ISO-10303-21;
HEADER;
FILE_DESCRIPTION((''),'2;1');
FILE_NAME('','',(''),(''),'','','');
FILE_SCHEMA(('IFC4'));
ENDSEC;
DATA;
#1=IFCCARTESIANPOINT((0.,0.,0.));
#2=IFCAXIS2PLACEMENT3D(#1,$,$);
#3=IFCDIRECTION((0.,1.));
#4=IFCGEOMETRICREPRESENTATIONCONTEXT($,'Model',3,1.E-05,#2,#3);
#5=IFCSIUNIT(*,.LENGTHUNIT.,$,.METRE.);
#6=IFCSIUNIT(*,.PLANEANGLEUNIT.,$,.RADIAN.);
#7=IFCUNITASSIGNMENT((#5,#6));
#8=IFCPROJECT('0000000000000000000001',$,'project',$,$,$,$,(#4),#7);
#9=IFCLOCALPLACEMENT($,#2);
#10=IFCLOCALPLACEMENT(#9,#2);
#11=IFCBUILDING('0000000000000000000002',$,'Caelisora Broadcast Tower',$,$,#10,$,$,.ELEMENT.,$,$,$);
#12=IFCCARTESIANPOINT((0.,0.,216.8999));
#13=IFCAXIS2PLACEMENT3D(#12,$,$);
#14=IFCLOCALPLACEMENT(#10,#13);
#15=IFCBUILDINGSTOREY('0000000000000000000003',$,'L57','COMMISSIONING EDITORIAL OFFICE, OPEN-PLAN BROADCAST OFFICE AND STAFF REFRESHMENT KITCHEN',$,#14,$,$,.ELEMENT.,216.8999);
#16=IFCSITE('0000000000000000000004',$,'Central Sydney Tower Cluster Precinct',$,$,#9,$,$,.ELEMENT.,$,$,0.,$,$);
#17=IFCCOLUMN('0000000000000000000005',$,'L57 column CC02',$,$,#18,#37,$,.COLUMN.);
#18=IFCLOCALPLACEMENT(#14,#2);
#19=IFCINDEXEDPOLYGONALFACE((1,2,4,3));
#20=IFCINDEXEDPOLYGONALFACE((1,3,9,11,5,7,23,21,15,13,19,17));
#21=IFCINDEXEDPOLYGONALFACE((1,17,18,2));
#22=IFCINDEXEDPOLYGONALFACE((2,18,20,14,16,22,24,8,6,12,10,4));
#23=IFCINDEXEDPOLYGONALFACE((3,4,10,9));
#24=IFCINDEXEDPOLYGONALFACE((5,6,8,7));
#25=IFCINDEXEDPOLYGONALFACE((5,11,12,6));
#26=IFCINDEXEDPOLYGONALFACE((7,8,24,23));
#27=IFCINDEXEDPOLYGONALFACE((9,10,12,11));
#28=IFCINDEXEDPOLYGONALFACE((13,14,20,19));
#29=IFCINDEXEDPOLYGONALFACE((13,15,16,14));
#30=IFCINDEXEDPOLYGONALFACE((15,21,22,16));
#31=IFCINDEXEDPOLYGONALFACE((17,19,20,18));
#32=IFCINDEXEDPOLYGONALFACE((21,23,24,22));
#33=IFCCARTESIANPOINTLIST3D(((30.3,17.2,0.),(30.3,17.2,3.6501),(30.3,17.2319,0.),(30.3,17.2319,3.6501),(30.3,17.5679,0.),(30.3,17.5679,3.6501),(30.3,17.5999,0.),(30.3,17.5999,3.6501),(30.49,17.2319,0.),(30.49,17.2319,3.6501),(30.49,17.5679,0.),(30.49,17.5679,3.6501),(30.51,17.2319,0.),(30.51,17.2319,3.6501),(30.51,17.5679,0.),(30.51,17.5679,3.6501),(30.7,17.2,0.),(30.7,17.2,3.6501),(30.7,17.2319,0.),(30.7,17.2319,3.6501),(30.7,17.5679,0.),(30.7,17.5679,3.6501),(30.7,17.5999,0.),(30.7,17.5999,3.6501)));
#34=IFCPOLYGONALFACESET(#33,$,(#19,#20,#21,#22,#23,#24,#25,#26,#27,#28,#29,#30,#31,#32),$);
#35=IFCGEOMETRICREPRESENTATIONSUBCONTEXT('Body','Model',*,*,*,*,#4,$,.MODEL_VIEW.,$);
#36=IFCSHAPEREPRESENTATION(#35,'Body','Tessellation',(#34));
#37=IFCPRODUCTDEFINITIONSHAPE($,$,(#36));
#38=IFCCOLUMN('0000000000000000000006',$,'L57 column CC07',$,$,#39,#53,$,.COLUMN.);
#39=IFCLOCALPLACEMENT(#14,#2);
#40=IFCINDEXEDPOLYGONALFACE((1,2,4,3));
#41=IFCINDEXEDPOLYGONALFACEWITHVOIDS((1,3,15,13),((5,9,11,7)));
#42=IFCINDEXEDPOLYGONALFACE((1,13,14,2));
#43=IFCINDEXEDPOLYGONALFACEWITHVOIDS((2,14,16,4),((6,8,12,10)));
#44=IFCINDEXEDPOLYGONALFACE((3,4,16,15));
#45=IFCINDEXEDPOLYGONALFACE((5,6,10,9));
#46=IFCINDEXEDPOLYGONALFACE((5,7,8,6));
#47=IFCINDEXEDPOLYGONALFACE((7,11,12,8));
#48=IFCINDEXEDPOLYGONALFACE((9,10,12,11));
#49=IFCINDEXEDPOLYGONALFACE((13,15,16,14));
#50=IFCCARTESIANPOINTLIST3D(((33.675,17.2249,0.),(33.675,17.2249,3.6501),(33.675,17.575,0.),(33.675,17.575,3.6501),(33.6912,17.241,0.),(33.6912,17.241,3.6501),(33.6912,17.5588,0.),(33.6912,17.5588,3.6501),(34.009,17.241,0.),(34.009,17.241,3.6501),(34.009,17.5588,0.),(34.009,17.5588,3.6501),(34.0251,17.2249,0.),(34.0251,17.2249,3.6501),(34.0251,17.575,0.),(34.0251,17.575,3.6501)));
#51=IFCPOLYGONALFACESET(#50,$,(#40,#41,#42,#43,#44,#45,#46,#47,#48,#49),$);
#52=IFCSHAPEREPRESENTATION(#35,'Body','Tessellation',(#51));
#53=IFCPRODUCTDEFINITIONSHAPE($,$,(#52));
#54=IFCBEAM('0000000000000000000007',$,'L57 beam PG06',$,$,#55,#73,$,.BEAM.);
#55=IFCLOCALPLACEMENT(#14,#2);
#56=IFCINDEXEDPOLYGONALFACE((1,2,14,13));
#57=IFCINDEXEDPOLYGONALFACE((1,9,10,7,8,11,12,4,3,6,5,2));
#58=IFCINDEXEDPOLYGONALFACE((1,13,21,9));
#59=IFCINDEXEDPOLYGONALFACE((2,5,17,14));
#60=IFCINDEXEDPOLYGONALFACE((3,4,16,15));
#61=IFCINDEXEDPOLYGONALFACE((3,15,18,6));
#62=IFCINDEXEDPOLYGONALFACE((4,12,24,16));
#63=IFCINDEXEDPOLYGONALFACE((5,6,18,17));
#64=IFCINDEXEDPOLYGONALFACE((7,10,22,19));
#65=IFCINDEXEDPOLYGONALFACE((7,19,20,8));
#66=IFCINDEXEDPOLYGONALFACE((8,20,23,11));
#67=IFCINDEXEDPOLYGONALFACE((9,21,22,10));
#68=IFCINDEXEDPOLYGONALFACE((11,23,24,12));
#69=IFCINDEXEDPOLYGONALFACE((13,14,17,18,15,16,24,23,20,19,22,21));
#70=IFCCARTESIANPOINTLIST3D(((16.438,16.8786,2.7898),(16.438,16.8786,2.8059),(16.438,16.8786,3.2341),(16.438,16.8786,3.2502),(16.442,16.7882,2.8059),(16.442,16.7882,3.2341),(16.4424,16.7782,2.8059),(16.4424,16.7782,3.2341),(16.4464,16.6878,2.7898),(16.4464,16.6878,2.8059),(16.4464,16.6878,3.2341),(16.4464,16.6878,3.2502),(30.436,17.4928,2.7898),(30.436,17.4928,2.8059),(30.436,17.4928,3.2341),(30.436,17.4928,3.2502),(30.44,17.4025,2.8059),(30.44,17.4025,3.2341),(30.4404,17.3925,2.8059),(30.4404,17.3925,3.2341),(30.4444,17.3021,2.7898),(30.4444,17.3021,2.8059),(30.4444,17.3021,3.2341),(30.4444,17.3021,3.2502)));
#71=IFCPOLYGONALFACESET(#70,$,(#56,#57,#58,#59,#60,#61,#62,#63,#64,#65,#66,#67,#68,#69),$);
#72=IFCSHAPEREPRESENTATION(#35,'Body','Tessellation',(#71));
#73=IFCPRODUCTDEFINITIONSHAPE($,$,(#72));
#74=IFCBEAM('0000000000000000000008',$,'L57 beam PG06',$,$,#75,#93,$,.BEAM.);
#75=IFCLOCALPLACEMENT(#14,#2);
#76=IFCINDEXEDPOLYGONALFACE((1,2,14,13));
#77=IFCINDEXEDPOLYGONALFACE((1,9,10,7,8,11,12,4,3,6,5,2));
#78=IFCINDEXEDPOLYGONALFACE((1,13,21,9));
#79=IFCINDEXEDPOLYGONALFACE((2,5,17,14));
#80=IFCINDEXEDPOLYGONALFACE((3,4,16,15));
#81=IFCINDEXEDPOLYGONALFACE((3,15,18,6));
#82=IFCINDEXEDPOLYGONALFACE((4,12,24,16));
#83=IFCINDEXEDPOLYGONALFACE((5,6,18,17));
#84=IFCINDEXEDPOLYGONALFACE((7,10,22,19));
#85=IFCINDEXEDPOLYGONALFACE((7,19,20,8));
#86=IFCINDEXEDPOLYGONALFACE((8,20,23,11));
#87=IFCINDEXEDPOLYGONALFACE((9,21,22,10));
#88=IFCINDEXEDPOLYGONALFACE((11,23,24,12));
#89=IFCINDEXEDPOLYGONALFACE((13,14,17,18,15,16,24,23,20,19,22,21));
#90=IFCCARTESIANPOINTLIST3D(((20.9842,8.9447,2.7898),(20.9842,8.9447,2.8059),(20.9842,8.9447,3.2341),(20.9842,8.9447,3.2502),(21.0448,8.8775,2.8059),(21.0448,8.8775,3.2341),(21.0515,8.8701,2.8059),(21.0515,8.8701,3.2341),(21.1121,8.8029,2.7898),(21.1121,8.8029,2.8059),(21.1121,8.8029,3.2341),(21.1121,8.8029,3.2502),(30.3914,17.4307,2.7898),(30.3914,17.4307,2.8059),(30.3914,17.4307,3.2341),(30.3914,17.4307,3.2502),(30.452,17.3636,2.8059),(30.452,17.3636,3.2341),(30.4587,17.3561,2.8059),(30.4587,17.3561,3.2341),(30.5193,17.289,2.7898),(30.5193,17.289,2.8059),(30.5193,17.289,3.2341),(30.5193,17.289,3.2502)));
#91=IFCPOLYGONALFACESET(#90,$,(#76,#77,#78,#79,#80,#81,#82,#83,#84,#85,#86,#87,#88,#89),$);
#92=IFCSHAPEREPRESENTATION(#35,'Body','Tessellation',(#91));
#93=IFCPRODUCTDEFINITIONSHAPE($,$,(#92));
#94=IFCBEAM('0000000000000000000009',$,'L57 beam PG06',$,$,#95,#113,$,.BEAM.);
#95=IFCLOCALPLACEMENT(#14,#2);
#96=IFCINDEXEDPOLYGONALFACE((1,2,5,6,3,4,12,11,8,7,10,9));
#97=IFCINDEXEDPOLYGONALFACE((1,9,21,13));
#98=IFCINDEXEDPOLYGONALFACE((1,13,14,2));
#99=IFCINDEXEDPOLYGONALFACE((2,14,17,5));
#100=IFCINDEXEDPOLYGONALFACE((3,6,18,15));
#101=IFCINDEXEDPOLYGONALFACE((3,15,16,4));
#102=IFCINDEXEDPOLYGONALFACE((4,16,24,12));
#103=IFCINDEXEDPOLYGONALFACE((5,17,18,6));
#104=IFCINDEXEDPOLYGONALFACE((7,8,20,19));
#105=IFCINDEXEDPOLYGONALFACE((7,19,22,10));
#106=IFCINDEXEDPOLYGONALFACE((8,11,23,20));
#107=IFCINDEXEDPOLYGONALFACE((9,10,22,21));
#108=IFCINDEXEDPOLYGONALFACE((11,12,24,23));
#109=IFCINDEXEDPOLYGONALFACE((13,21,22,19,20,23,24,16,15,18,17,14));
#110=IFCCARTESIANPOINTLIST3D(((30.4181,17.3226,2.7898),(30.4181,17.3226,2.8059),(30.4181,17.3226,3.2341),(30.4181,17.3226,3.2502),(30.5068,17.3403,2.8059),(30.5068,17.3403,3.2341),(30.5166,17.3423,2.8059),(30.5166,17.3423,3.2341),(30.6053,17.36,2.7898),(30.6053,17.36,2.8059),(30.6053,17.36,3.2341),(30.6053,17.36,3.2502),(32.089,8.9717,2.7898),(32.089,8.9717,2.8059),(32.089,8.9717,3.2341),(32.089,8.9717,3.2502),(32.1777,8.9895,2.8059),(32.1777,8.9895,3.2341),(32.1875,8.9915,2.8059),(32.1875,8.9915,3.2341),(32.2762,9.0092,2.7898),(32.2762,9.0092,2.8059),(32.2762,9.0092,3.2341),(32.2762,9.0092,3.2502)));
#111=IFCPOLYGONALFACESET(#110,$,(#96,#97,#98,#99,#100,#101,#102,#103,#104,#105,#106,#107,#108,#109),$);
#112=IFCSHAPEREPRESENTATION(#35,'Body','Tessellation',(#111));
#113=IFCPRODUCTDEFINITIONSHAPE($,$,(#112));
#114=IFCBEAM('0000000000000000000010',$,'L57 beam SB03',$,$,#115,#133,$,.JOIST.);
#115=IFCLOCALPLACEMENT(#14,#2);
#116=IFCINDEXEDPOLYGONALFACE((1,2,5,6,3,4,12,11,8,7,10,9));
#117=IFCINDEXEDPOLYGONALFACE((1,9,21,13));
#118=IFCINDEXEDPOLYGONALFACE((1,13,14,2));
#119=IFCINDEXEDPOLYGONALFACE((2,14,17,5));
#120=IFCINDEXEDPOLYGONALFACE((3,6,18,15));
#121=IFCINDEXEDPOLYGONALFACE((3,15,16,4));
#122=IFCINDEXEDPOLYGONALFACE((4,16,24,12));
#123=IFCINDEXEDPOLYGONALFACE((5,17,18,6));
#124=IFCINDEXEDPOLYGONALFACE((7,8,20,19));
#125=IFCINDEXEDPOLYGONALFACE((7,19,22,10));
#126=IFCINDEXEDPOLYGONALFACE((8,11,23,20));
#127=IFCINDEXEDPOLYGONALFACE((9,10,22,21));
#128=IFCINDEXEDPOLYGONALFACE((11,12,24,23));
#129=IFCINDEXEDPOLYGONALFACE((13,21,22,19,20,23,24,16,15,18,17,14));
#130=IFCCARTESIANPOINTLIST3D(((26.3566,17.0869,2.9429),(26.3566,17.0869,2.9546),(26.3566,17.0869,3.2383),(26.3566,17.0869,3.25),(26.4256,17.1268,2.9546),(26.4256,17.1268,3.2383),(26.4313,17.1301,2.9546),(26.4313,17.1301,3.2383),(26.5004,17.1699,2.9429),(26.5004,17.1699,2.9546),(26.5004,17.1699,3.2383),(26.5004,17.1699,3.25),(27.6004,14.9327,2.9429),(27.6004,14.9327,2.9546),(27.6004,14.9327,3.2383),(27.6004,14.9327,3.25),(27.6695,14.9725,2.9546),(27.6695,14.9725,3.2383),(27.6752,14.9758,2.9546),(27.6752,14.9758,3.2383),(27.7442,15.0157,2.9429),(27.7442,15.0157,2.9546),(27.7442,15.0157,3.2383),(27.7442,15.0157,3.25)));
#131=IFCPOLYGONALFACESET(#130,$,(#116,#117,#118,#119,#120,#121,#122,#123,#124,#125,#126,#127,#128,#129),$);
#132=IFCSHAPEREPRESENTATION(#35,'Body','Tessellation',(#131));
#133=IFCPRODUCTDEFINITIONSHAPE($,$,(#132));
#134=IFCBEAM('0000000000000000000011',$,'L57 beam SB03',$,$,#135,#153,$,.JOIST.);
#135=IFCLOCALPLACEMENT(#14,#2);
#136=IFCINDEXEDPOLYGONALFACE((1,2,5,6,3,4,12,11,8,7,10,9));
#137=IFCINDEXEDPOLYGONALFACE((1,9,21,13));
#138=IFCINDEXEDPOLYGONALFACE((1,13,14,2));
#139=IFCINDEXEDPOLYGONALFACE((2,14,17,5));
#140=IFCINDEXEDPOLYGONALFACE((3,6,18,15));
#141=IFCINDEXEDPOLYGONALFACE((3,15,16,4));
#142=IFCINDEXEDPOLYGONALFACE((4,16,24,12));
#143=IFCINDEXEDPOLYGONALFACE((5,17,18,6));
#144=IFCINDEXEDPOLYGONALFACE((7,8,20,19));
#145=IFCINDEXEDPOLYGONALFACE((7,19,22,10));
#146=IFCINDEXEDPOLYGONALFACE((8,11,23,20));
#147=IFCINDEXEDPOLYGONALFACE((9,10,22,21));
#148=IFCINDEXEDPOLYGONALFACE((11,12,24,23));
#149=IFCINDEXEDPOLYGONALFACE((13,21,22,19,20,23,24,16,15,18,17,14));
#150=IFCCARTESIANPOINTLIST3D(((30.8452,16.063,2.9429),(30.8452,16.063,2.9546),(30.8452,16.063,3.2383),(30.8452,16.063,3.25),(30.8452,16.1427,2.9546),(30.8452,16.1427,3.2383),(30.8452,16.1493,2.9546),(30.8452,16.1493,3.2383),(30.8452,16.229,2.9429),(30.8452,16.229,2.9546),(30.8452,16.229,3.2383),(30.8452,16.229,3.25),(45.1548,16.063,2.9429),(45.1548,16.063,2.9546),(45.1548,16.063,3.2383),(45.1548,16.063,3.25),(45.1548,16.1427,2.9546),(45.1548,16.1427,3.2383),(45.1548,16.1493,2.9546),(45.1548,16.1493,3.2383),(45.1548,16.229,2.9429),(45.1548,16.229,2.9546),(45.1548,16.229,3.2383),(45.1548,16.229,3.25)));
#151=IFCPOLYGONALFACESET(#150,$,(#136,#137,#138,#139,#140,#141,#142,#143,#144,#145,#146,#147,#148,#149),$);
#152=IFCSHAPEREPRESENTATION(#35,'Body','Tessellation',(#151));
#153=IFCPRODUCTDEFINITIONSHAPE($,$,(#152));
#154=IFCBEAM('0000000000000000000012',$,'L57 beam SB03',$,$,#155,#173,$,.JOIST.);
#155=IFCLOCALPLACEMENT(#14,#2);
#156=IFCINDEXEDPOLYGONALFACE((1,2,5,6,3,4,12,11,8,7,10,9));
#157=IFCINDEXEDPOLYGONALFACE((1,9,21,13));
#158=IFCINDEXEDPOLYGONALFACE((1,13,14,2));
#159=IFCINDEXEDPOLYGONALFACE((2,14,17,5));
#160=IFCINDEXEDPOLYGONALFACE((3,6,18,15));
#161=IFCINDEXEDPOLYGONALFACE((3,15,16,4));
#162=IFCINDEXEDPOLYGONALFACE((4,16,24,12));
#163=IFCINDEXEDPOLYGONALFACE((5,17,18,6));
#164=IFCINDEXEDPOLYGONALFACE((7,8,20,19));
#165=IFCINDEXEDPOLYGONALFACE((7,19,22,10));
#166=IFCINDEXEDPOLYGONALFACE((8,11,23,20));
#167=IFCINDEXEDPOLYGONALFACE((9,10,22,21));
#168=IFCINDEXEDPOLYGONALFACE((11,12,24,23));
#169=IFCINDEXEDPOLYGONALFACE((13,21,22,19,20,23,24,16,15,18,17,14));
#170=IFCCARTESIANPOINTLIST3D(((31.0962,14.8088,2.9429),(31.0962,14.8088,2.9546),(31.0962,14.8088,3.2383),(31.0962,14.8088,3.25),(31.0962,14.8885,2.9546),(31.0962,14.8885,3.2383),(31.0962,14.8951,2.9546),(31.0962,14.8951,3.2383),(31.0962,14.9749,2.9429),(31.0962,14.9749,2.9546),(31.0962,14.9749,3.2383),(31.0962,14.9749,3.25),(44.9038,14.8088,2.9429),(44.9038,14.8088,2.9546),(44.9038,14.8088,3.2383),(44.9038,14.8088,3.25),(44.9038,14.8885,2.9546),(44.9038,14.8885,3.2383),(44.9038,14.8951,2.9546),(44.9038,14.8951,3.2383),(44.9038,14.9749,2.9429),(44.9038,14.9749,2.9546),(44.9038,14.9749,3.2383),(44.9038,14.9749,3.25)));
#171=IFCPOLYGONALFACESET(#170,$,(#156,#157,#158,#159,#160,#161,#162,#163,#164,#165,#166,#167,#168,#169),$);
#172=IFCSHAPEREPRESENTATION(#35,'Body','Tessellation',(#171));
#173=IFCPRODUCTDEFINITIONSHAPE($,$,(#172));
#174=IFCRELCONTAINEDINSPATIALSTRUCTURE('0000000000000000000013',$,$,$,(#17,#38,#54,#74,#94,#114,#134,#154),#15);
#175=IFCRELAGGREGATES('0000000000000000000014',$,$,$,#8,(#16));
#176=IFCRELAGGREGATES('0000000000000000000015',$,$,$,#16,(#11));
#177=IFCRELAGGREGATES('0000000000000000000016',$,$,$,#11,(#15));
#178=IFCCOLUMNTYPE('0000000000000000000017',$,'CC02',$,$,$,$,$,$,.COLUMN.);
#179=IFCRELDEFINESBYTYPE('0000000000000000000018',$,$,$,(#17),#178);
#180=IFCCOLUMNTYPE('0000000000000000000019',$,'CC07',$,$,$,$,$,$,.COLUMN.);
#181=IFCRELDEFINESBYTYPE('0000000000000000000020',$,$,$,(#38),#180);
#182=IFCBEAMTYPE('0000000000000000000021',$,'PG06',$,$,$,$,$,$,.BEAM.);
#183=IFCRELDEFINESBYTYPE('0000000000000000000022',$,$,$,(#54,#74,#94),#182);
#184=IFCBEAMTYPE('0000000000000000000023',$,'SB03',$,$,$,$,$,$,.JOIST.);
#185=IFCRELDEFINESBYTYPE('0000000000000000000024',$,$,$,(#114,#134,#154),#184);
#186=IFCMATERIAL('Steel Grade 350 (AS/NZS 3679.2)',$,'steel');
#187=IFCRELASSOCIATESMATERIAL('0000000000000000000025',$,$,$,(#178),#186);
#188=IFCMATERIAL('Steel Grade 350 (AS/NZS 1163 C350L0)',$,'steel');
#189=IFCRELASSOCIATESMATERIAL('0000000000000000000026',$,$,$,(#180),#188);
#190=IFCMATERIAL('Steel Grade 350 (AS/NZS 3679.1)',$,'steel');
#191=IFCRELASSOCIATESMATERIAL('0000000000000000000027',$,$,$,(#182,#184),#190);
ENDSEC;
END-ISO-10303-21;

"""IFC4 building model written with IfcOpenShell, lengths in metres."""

from ifc_helpers import new_model, si_unit, direction, frame, origin, origin_2d, place, context, subcontext, project, spatial, hollow_rectangle, i_section, extrude, source, transform, mapped, material, material_profile, profile_set, type_object, type_shapes, element, save


model = new_model("IFC4")

# Units and contexts
model_context = context("Model", 3, precision=1e-05, world=origin(), true_north=direction((0.0, 1.0)))
body_context = subcontext(model_context, "Body", "Model", "MODEL_VIEW")
ifc_project = project(units=[si_unit("LENGTHUNIT", "METRE"), si_unit("PLANEANGLEUNIT", "RADIAN")], contexts=[model_context])

# Site, building, storey
site_placement = place(None, origin())
site = spatial("IfcSite", under=ifc_project, at=site_placement, Name="Central Sydney Tower Cluster Precinct", CompositionType="ELEMENT", RefElevation=0.0)
building_placement = place(site_placement, origin())
building = spatial("IfcBuilding", under=site, at=building_placement, Name="Caelisora Broadcast Tower", CompositionType="ELEMENT")
storey_placement = place(building_placement, frame((0.0, 0.0, 216.8999)))
storey = spatial("IfcBuildingStorey", under=building, at=storey_placement, Name="L57", Description="COMMISSIONING EDITORIAL OFFICE, OPEN-PLAN BROADCAST OFFICE AND STAFF REFRESHMENT KITCHEN", CompositionType="ELEMENT", Elevation=216.8999)

# Columns
ifc_material_1 = material(Name="Steel Grade 350 (AS/NZS 3679.2)", Category="steel")
ifc_material_profile_1 = material_profile(ifc_material_1, i_section(OverallWidth=0.3999, OverallDepth=0.3999, WebThickness=0.02, FlangeThickness=0.032, at=origin_2d()), Name="Steel Grade 350 (AS/NZS 3679.2)")
ifc_profile_set_1 = profile_set([ifc_material_profile_1], Name="Steel Grade 350 (AS/NZS 3679.2)")
column_type_1 = type_object("IfcColumnType", Name="CC02", PredefinedType="COLUMN", material=ifc_profile_set_1)
shared_shape_1 = source(origin(), body_context, "Body", "SweptSolid", [
    extrude(i_section(OverallWidth=0.3999, OverallDepth=0.3999, WebThickness=0.02, FlangeThickness=0.032, at=origin_2d()), origin(), (0.0, 0.0, 1.0), 3.6501),
])
type_shapes(column_type_1, [shared_shape_1])
column_1_placement = place(storey_placement, frame((30.5, 17.3999, 0.0), z_axis=(0.0, 0.0, 1.0), x_axis=(1.0, 0.0, 0.0)))
element("IfcColumn", 1, at=column_1_placement, inside=storey, type_object=column_type_1, Name="L57 column CC02", PredefinedType="COLUMN", context=body_context, shape_type="MappedRepresentation", body=[
    mapped(shared_shape_1, transform((0.0, 0.0, 0.0), scale=1.0)),
])
ifc_material_2 = material(Name="Steel Grade 350 (AS/NZS 1163 C350L0)", Category="steel")
ifc_material_profile_2 = material_profile(ifc_material_2, hollow_rectangle(XDim=0.3501, YDim=0.3501, WallThickness=0.0161, at=origin_2d()), Name="Steel Grade 350 (AS/NZS 1163 C350L0)")
ifc_profile_set_2 = profile_set([ifc_material_profile_2], Name="Steel Grade 350 (AS/NZS 1163 C350L0)")
column_type_2 = type_object("IfcColumnType", Name="CC07", PredefinedType="COLUMN", material=ifc_profile_set_2)
shared_shape_2 = source(origin(), body_context, "Body", "SweptSolid", [
    extrude(hollow_rectangle(XDim=0.3501, YDim=0.3501, WallThickness=0.0161, at=origin_2d()), origin(), (0.0, 0.0, 1.0), 3.6501),
])
type_shapes(column_type_2, [shared_shape_2])
column_2_placement = place(storey_placement, frame((33.8501, 17.3999, 0.0), z_axis=(0.0, 0.0, 1.0), x_axis=(1.0, 0.0, 0.0)))
element("IfcColumn", 2, at=column_2_placement, inside=storey, type_object=column_type_2, Name="L57 column CC07", PredefinedType="COLUMN", context=body_context, shape_type="MappedRepresentation", body=[
    mapped(shared_shape_2, transform((0.0, 0.0, 0.0), scale=1.0)),
])

# Beams
ifc_material_3 = material(Name="Steel Grade 350 (AS/NZS 3679.1)", Category="steel")
ifc_material_profile_3 = material_profile(ifc_material_3, i_section(OverallWidth=0.1909, OverallDepth=0.4604, WebThickness=0.01, FlangeThickness=0.0161, at=origin_2d()), Name="Steel Grade 350 (AS/NZS 3679.1)")
ifc_profile_set_3 = profile_set([ifc_material_profile_3], Name="Steel Grade 350 (AS/NZS 3679.1)")
beam_type_1 = type_object("IfcBeamType", Name="PG06", PredefinedType="BEAM", material=ifc_profile_set_3)
shared_shape_3 = source(origin(), body_context, "Body", "SweptSolid", [
    extrude(i_section(OverallWidth=0.1909, OverallDepth=0.4604, WebThickness=0.01, FlangeThickness=0.0161, at=origin_2d()), origin(), (0.0, 0.0, 1.0), 14.0115),
])
beam_1_placement = place(storey_placement, frame((30.4402, 17.3975, 3.02), z_axis=(-0.999039, -0.043839, 0.0), x_axis=(0.043839, -0.999039, 0.0)))
element("IfcBeam", 3, at=beam_1_placement, inside=storey, type_object=beam_type_1, Name="L57 beam PG06", PredefinedType="BEAM", context=body_context, shape_type="MappedRepresentation", body=[
    mapped(shared_shape_3, transform((0.0, 0.0, 0.0), scale=1.0)),
])
shared_shape_4 = source(origin(), body_context, "Body", "SweptSolid", [
    extrude(i_section(OverallWidth=0.1909, OverallDepth=0.4604, WebThickness=0.01, FlangeThickness=0.0161, at=origin_2d()), origin(), (0.0, 0.0, 1.0), 12.6692),
])
beam_2_placement = place(storey_placement, frame((30.4553, 17.3599, 3.02), z_axis=(-0.742525, -0.669818, 0.0), x_axis=(0.669818, -0.742525, 0.0)))
element("IfcBeam", 4, at=beam_2_placement, inside=storey, type_object=beam_type_1, Name="L57 beam PG06", PredefinedType="BEAM", context=body_context, shape_type="MappedRepresentation", body=[
    mapped(shared_shape_4, transform((0.0, 0.0, 0.0), scale=1.0)),
])
shared_shape_5 = source(origin(), body_context, "Body", "SweptSolid", [
    extrude(i_section(OverallWidth=0.1909, OverallDepth=0.4604, WebThickness=0.01, FlangeThickness=0.0161, at=origin_2d()), origin(), (0.0, 0.0, 1.0), 8.5164),
])
type_shapes(beam_type_1, [shared_shape_3, shared_shape_4, shared_shape_5])
beam_3_placement = place(storey_placement, frame((30.5117, 17.3413, 3.02), z_axis=(0.196199, -0.980564, 0.0), x_axis=(0.980564, 0.196199, 0.0)))
element("IfcBeam", 5, at=beam_3_placement, inside=storey, type_object=beam_type_1, Name="L57 beam PG06", PredefinedType="BEAM", context=body_context, shape_type="MappedRepresentation", body=[
    mapped(shared_shape_5, transform((0.0, 0.0, 0.0), scale=1.0)),
])
ifc_material_profile_4 = material_profile(ifc_material_3, i_section(OverallWidth=0.166, OverallDepth=0.3071, WebThickness=0.0066, FlangeThickness=0.0117, at=origin_2d()), Name="Steel Grade 350 (AS/NZS 3679.1)")
ifc_profile_set_4 = profile_set([ifc_material_profile_4], Name="Steel Grade 350 (AS/NZS 3679.1)")
beam_type_2 = type_object("IfcBeamType", Name="SB03", PredefinedType="JOIST", material=ifc_profile_set_4)
shared_shape_6 = source(origin(), body_context, "Body", "SweptSolid", [
    extrude(i_section(OverallWidth=0.166, OverallDepth=0.3071, WebThickness=0.0066, FlangeThickness=0.0117, at=origin_2d()), origin(), (0.0, 0.0, 1.0), 2.4875),
])
beam_4_placement = place(storey_placement, frame((26.4285, 17.1284, 3.0964), z_axis=(0.500034, -0.866006, 0.0), x_axis=(0.866006, 0.500034, 0.0)))
element("IfcBeam", 6, at=beam_4_placement, inside=storey, type_object=beam_type_2, Name="L57 beam SB03", PredefinedType="JOIST", context=body_context, shape_type="MappedRepresentation", body=[
    mapped(shared_shape_6, transform((0.0, 0.0, 0.0), scale=1.0)),
])
shared_shape_7 = source(origin(), body_context, "Body", "SweptSolid", [
    extrude(i_section(OverallWidth=0.166, OverallDepth=0.3071, WebThickness=0.0066, FlangeThickness=0.0117, at=origin_2d()), origin(), (0.0, 0.0, 1.0), 14.3096),
])
beam_5_placement = place(storey_placement, frame((30.8452, 16.146, 3.0964), z_axis=(1.0, 0.0, 0.0), x_axis=(0.0, 1.0, 0.0)))
element("IfcBeam", 7, at=beam_5_placement, inside=storey, type_object=beam_type_2, Name="L57 beam SB03", PredefinedType="JOIST", context=body_context, shape_type="MappedRepresentation", body=[
    mapped(shared_shape_7, transform((0.0, 0.0, 0.0), scale=1.0)),
])
shared_shape_8 = source(origin(), body_context, "Body", "SweptSolid", [
    extrude(i_section(OverallWidth=0.166, OverallDepth=0.3071, WebThickness=0.0066, FlangeThickness=0.0117, at=origin_2d()), origin(), (0.0, 0.0, 1.0), 13.8076),
])
type_shapes(beam_type_2, [shared_shape_6, shared_shape_7, shared_shape_8])
beam_6_placement = place(storey_placement, frame((31.0962, 14.8918, 3.0964), z_axis=(1.0, 0.0, 0.0), x_axis=(0.0, 1.0, 0.0)))
element("IfcBeam", 8, at=beam_6_placement, inside=storey, type_object=beam_type_2, Name="L57 beam SB03", PredefinedType="JOIST", context=body_context, shape_type="MappedRepresentation", body=[
    mapped(shared_shape_8, transform((0.0, 0.0, 0.0), scale=1.0)),
])

save(model, "model.ifc")
